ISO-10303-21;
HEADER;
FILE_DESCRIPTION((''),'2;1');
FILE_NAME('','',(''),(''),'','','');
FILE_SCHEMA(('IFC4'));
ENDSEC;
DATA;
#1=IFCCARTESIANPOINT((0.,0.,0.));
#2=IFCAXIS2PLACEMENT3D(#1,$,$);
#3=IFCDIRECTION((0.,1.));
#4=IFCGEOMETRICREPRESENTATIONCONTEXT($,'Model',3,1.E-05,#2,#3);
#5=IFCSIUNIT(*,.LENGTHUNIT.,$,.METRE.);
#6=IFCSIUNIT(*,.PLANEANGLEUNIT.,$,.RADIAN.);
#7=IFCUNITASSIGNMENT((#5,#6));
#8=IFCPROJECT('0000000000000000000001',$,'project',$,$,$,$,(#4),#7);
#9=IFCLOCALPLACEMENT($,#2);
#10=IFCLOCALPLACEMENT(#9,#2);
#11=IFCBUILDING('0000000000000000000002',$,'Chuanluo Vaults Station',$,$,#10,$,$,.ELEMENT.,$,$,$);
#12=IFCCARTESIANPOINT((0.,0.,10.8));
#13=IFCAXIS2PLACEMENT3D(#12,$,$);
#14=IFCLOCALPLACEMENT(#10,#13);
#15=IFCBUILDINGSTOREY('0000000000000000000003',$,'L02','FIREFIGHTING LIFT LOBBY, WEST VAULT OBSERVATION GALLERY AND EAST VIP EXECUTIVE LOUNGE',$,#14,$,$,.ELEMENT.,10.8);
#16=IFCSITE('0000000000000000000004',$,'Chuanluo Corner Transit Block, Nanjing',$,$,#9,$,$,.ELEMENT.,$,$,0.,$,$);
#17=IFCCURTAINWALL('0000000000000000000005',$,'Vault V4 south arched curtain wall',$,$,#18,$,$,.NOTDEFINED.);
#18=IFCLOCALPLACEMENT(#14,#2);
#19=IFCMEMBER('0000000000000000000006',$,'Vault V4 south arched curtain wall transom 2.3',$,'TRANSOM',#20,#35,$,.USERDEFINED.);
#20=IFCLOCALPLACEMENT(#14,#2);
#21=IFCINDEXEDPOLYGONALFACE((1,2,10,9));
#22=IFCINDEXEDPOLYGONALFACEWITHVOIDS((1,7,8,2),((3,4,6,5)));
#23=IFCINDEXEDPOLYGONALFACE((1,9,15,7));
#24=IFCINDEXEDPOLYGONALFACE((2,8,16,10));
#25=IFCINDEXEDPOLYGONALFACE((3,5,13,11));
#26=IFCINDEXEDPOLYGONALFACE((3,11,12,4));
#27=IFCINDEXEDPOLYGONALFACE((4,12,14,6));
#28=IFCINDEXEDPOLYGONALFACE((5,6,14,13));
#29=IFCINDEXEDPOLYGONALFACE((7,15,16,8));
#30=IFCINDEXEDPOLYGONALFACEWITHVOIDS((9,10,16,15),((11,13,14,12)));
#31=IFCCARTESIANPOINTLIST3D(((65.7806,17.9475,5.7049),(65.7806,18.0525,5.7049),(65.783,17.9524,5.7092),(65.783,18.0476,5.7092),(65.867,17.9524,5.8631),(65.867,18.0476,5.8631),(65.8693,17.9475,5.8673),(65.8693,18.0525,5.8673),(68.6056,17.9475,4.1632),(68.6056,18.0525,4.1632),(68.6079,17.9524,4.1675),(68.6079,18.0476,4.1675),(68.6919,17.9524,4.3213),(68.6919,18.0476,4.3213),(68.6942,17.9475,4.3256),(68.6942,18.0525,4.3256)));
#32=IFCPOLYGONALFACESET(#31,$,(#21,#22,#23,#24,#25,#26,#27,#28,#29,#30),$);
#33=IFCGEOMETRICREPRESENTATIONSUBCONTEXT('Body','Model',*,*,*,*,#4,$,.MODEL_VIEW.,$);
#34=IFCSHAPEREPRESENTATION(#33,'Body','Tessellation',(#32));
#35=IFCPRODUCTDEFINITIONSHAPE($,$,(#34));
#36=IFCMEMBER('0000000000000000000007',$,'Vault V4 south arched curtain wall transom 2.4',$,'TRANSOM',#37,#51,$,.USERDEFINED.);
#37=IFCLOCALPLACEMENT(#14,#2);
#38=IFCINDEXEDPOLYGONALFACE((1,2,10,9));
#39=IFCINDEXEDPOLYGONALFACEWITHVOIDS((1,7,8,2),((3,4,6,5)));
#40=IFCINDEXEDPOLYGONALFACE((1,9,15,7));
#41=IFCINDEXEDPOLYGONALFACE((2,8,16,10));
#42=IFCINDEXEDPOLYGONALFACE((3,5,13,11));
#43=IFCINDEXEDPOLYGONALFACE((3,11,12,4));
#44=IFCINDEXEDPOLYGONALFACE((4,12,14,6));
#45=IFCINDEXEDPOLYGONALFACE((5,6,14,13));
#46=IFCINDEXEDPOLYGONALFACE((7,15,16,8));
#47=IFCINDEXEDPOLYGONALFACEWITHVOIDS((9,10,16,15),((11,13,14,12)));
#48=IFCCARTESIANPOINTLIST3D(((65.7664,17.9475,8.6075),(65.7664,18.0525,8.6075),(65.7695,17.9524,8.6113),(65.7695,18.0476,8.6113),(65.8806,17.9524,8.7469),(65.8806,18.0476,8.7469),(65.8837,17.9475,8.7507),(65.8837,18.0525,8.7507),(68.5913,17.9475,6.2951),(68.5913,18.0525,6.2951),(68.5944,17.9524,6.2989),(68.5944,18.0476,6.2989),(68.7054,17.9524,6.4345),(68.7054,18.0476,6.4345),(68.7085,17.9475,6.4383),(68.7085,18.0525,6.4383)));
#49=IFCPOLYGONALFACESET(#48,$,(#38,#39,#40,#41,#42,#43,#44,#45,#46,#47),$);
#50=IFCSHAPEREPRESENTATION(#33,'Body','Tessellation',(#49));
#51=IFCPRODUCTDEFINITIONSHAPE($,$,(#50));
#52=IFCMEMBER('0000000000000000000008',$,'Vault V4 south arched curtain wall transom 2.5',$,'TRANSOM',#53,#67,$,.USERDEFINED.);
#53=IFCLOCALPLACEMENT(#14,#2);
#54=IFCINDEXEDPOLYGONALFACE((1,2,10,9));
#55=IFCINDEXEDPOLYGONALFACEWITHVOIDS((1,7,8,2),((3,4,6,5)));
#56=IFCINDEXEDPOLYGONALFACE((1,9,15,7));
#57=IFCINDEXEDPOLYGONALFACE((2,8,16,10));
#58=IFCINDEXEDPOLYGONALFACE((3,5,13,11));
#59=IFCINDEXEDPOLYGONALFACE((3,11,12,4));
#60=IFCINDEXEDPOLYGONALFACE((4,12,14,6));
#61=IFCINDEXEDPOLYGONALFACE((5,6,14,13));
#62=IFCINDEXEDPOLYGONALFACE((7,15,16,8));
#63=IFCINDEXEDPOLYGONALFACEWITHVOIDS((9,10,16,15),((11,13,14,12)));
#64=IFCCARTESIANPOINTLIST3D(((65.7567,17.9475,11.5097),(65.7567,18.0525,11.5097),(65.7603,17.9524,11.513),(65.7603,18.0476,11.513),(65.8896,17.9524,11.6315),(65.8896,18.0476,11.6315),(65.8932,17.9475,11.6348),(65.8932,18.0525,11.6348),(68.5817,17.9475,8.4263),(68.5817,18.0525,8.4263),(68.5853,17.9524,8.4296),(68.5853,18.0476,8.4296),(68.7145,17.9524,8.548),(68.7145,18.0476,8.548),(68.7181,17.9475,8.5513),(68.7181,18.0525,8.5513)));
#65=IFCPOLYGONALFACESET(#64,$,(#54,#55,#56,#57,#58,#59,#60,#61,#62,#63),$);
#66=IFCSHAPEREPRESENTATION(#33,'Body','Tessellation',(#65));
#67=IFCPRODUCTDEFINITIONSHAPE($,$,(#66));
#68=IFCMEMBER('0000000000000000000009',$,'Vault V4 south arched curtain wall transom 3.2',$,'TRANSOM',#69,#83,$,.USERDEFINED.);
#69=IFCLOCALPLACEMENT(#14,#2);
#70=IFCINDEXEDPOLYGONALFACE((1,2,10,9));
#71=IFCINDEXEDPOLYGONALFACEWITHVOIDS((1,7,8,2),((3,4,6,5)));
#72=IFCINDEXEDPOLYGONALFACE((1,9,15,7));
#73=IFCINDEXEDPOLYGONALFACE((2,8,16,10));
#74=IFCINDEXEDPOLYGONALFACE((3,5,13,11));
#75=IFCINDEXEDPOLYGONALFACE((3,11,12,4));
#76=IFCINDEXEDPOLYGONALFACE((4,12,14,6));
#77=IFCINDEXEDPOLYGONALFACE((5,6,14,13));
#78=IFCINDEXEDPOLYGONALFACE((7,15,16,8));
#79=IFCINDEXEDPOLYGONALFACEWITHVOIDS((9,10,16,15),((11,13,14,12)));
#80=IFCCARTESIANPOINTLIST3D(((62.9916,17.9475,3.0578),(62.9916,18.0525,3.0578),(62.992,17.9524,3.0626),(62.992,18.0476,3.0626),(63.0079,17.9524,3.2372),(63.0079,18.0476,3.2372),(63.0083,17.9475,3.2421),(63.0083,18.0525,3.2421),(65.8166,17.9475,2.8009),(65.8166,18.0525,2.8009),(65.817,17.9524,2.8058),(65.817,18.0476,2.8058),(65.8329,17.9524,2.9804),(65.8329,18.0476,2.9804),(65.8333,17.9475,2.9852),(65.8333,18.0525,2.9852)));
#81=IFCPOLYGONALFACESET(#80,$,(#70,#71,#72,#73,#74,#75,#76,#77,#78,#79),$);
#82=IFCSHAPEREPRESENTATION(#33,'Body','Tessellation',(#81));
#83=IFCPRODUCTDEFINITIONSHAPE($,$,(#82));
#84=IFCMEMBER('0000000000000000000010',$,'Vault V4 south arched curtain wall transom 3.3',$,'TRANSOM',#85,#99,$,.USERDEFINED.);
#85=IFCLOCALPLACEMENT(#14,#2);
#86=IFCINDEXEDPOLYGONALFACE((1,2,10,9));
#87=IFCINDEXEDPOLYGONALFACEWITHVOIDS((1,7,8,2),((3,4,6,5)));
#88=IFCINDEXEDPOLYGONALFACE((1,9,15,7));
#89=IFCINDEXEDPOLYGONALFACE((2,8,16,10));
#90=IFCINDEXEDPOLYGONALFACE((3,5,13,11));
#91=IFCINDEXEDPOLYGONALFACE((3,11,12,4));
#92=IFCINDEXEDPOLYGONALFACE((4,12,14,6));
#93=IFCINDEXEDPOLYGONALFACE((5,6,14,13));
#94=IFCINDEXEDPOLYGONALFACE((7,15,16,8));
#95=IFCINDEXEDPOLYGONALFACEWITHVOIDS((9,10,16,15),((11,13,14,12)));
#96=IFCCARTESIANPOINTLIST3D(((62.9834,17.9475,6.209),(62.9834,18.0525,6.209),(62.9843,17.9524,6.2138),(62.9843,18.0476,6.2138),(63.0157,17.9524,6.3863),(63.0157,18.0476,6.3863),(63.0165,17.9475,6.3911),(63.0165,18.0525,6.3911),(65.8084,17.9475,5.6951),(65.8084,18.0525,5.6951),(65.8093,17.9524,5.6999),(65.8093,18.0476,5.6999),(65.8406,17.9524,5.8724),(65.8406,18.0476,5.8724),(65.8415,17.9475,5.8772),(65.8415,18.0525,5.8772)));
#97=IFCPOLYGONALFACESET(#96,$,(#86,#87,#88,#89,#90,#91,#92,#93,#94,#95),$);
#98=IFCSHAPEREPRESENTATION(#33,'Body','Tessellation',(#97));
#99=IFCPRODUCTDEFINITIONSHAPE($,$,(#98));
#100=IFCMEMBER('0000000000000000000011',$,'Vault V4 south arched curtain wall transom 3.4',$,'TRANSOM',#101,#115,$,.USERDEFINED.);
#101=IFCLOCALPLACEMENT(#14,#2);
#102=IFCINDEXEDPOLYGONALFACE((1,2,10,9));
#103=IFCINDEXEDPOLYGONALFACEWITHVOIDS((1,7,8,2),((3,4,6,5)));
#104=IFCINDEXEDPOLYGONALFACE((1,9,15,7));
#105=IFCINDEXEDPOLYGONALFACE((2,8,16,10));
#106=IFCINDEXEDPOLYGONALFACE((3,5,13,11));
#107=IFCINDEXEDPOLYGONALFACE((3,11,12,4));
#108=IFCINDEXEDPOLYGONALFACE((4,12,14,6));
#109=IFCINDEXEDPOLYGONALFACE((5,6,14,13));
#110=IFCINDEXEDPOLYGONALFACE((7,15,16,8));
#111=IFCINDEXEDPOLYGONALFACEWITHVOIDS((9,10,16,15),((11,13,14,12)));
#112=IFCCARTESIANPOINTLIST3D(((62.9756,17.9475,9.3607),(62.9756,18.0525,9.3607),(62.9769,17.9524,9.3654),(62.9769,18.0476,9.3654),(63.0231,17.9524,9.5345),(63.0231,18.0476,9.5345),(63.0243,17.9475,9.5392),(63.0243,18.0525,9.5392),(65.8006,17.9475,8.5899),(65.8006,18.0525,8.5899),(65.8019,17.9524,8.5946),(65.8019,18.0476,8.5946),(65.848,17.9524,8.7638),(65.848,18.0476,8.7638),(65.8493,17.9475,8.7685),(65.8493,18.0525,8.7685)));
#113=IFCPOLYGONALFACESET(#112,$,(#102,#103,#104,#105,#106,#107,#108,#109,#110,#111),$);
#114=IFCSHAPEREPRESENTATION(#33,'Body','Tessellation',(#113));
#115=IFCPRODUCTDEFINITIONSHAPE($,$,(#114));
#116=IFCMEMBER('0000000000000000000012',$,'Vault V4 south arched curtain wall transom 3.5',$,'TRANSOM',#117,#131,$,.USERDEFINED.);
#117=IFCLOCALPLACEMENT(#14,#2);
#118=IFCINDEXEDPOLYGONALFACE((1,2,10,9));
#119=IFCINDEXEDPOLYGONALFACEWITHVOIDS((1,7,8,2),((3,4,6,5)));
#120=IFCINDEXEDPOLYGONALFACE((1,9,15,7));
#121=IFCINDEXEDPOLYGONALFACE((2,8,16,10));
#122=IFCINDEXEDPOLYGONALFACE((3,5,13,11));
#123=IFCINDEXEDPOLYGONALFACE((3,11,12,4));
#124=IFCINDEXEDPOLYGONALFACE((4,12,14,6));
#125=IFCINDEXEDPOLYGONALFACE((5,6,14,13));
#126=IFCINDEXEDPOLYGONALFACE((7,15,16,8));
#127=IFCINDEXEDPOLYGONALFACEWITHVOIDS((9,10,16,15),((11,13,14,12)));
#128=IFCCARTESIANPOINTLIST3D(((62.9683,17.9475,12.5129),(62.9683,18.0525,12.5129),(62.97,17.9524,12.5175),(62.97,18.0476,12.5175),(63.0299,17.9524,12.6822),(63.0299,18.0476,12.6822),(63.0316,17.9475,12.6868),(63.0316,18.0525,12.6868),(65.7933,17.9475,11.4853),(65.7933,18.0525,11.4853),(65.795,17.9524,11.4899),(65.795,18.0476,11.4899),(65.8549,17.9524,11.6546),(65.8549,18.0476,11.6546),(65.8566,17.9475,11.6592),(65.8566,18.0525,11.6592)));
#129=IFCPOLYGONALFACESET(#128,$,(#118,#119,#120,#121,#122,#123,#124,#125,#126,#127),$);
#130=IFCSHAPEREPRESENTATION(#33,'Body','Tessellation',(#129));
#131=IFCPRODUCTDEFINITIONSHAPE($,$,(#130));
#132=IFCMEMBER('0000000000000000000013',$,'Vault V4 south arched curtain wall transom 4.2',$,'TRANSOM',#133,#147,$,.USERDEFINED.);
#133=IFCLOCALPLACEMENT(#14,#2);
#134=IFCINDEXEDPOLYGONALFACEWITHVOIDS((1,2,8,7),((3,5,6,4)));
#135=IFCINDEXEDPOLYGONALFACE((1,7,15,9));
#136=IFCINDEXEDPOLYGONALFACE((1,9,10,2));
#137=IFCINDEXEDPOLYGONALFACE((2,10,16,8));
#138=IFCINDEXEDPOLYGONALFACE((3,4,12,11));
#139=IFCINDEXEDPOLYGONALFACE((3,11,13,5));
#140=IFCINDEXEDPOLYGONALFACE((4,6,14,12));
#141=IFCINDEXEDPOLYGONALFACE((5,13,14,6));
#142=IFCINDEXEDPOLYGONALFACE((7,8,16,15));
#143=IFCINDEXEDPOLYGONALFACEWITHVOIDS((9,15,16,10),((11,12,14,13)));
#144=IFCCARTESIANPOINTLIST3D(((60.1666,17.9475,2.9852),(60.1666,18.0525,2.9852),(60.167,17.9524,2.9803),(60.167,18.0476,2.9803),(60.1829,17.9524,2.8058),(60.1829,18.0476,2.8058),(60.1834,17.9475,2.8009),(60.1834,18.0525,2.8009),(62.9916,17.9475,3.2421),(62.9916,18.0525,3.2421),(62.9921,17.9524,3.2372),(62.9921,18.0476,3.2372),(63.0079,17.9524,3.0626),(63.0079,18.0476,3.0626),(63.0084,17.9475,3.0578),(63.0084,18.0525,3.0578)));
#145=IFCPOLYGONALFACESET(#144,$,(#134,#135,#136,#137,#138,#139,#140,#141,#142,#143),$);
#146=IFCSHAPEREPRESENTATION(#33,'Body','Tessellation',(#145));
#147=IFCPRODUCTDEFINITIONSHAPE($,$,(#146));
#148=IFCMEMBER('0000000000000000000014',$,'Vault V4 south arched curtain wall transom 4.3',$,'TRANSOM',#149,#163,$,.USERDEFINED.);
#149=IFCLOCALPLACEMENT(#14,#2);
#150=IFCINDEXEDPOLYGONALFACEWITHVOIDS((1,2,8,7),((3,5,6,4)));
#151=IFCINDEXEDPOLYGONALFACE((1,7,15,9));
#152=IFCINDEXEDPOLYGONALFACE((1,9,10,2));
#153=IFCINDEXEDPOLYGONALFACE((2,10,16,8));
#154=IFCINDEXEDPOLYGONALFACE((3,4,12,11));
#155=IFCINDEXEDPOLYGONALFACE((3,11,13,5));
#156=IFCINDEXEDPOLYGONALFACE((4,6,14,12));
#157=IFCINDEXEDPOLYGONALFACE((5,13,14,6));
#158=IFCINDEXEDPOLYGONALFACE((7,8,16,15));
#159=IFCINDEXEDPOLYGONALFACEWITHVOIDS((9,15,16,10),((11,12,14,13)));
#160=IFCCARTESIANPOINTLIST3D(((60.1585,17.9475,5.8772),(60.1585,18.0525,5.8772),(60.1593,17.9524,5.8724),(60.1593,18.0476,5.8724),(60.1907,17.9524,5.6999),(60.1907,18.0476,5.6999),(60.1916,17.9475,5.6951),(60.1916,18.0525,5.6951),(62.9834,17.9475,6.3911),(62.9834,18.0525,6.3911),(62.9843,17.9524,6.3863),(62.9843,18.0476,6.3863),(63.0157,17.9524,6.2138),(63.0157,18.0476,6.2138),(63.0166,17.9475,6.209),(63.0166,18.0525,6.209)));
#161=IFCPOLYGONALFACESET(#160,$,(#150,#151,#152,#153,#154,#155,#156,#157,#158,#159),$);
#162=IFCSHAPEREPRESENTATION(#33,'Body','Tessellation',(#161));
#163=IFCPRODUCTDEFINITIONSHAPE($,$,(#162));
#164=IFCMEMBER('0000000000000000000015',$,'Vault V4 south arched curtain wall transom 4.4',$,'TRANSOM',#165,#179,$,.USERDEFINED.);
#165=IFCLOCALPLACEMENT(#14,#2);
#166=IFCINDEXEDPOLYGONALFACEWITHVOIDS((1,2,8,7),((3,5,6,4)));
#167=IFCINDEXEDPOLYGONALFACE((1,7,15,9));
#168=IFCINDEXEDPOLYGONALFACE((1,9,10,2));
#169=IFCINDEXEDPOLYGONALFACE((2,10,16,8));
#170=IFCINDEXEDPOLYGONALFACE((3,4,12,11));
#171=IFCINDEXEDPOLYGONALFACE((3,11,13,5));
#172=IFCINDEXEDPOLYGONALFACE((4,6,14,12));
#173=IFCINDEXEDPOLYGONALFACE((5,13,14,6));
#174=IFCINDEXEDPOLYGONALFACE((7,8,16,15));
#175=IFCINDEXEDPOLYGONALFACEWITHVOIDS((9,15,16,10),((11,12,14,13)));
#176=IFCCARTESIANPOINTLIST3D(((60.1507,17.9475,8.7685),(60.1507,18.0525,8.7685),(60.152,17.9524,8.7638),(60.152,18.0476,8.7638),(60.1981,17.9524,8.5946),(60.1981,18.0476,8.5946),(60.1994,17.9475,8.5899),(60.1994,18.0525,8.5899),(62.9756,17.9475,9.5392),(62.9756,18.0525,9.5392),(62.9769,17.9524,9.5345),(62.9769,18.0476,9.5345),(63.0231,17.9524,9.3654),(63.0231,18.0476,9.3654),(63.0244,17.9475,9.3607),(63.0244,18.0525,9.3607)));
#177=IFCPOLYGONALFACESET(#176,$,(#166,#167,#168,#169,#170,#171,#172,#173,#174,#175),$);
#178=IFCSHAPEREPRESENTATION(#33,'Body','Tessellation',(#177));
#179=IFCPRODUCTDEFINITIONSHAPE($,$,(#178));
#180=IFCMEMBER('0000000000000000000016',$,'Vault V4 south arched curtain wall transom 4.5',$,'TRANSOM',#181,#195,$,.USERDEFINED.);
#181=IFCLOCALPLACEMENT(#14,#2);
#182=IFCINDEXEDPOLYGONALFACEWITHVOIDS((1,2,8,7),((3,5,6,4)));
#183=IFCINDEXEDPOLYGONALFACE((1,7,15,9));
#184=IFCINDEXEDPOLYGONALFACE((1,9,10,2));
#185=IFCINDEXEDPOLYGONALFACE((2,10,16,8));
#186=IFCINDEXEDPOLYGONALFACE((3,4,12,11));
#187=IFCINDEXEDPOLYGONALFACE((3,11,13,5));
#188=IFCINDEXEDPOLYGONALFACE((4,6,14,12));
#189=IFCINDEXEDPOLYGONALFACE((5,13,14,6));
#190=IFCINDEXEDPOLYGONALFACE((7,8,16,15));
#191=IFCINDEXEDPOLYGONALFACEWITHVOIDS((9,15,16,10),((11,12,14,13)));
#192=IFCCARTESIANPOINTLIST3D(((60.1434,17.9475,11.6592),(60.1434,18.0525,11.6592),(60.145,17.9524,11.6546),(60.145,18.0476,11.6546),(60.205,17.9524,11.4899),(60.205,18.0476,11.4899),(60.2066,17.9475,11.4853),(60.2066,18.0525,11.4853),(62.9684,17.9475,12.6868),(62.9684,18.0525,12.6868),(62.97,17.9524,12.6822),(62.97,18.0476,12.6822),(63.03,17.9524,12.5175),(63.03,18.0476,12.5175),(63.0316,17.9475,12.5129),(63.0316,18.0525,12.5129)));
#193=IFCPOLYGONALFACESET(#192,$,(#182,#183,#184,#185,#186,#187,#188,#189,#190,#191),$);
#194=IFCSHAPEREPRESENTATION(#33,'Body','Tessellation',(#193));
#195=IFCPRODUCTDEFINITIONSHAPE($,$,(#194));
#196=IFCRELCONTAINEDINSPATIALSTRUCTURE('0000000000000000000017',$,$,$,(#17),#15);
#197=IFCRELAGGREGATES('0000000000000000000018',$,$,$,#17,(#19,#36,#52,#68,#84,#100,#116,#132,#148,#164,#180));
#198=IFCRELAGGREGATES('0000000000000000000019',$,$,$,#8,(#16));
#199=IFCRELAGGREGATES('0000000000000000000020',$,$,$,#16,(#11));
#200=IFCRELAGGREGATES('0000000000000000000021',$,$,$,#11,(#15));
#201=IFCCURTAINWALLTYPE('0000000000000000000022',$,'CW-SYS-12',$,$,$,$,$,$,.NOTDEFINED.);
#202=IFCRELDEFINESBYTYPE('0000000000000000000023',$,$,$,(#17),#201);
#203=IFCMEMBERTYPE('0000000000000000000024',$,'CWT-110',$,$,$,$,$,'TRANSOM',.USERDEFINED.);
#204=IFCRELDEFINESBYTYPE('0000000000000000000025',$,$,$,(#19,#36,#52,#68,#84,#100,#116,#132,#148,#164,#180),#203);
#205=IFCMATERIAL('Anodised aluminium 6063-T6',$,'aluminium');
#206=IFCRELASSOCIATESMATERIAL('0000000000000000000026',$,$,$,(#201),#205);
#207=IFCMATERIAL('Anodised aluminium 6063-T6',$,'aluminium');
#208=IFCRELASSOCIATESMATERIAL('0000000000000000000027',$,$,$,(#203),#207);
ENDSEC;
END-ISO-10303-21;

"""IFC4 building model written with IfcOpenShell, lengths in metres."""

from ifc_helpers import new_model, si_unit, direction, frame, origin, origin_2d, place, context, subcontext, project, spatial, hollow_rectangle, extrude, material, material_profile, profile_set, type_object, element, aggregate, save


model = new_model("IFC4")

# Units and contexts
model_context = context("Model", 3, precision=1e-05, world=origin(), true_north=direction((0.0, 1.0)))
body_context = subcontext(model_context, "Body", "Model", "MODEL_VIEW")
ifc_project = project(units=[si_unit("LENGTHUNIT", "METRE"), si_unit("PLANEANGLEUNIT", "RADIAN")], contexts=[model_context])

# Site, building, storey
site_placement = place(None, origin())
site = spatial("IfcSite", under=ifc_project, at=site_placement, Name="Chuanluo Corner Transit Block, Nanjing", CompositionType="ELEMENT", RefElevation=0.0)
building_placement = place(site_placement, origin())
building = spatial("IfcBuilding", under=site, at=building_placement, Name="Chuanluo Vaults Station", CompositionType="ELEMENT")
storey_placement = place(building_placement, frame((0.0, 0.0, 10.8)))
storey = spatial("IfcBuildingStorey", under=building, at=storey_placement, Name="L02", Description="FIREFIGHTING LIFT LOBBY, WEST VAULT OBSERVATION GALLERY AND EAST VIP EXECUTIVE LOUNGE", CompositionType="ELEMENT", Elevation=10.8)

# Curtain wall, members
ifc_material_1 = material(Name="Anodised aluminium 6063-T6", Category="aluminium")
curtain_wall_type = type_object("IfcCurtainWallType", Name="CW-SYS-12", PredefinedType="NOTDEFINED", material=ifc_material_1)
curtain_wall_placement = place(storey_placement, origin())
curtain_wall = element("IfcCurtainWall", 1, at=curtain_wall_placement, inside=storey, type_object=curtain_wall_type, Name="Vault V4 south arched curtain wall", PredefinedType="NOTDEFINED")
ifc_material_2 = material(Name="Anodised aluminium 6063-T6", Category="aluminium")
ifc_material_profile = material_profile(ifc_material_2, hollow_rectangle(XDim=0.105, YDim=0.1851, WallThickness=0.0049, at=origin_2d()))
ifc_profile_set = profile_set([ifc_material_profile], Name="Anodised aluminium 6063-T6")
member_type = type_object("IfcMemberType", Name="CWT-110", ElementType="TRANSOM", PredefinedType="USERDEFINED", material=ifc_profile_set)
member_1_placement = place(storey_placement, frame((68.6499, 18.0, 4.2444), z_axis=(-0.877782, 0.0, 0.479059), x_axis=(0.0, -1.0, 0.0)))
member_1 = element("IfcMember", 2, at=member_1_placement, type_object=member_type, Name="Vault V4 south arched curtain wall transom 2.3", ObjectType="TRANSOM", PredefinedType="USERDEFINED", context=body_context, shape_type="SweptSolid", body=[
    extrude(hollow_rectangle(XDim=0.105, YDim=0.1851, WallThickness=0.0049, at=origin_2d()), origin(), (0.0, 0.0, 1.0), 3.2183),
])
member_2_placement = place(storey_placement, frame((68.6499, 18.0, 6.3667), z_axis=(-0.773799, 0.0, 0.633431), x_axis=(0.0, -1.0, 0.0)))
member_2 = element("IfcMember", 3, at=member_2_placement, type_object=member_type, Name="Vault V4 south arched curtain wall transom 2.4", ObjectType="TRANSOM", PredefinedType="USERDEFINED", context=body_context, shape_type="SweptSolid", body=[
    extrude(hollow_rectangle(XDim=0.105, YDim=0.1851, WallThickness=0.0049, at=origin_2d()), origin(), (0.0, 0.0, 1.0), 3.6506),
])
member_3_placement = place(storey_placement, frame((68.6499, 18.0, 8.4888), z_axis=(-0.675518, 0.0, 0.737343), x_axis=(0.0, -1.0, 0.0)))
member_3 = element("IfcMember", 4, at=member_3_placement, type_object=member_type, Name="Vault V4 south arched curtain wall transom 2.5", ObjectType="TRANSOM", PredefinedType="USERDEFINED", context=body_context, shape_type="SweptSolid", body=[
    extrude(hollow_rectangle(XDim=0.105, YDim=0.1851, WallThickness=0.0049, at=origin_2d()), origin(), (0.0, 0.0, 1.0), 4.1819),
])
member_4_placement = place(storey_placement, frame((65.825, 18.0, 2.8931), z_axis=(-0.995893, 0.0, 0.090544), x_axis=(0.0, -1.0, 0.0)))
member_4 = element("IfcMember", 5, at=member_4_placement, type_object=member_type, Name="Vault V4 south arched curtain wall transom 3.2", ObjectType="TRANSOM", PredefinedType="USERDEFINED", context=body_context, shape_type="SweptSolid", body=[
    extrude(hollow_rectangle(XDim=0.105, YDim=0.1851, WallThickness=0.0049, at=origin_2d()), origin(), (0.0, 0.0, 1.0), 2.8367),
])
member_5_placement = place(storey_placement, frame((65.825, 18.0, 5.7861), z_axis=(-0.983852, 0.0, 0.178983), x_axis=(0.0, -1.0, 0.0)))
member_5 = element("IfcMember", 6, at=member_5_placement, type_object=member_type, Name="Vault V4 south arched curtain wall transom 3.3", ObjectType="TRANSOM", PredefinedType="USERDEFINED", context=body_context, shape_type="SweptSolid", body=[
    extrude(hollow_rectangle(XDim=0.105, YDim=0.1851, WallThickness=0.0049, at=origin_2d()), origin(), (0.0, 0.0, 1.0), 2.8713),
])
member_6_placement = place(storey_placement, frame((65.825, 18.0, 8.6792), z_axis=(-0.964737, 0.0, 0.263216), x_axis=(0.0, -1.0, 0.0)))
member_6 = element("IfcMember", 7, at=member_6_placement, type_object=member_type, Name="Vault V4 south arched curtain wall transom 3.4", ObjectType="TRANSOM", PredefinedType="USERDEFINED", context=body_context, shape_type="SweptSolid", body=[
    extrude(hollow_rectangle(XDim=0.105, YDim=0.1851, WallThickness=0.0049, at=origin_2d()), origin(), (0.0, 0.0, 1.0), 2.9282),
])
member_7_placement = place(storey_placement, frame((65.825, 18.0, 11.5723), z_axis=(-0.939758, 0.0, 0.341841), x_axis=(0.0, -1.0, 0.0)))
member_7 = element("IfcMember", 8, at=member_7_placement, type_object=member_type, Name="Vault V4 south arched curtain wall transom 3.5", ObjectType="TRANSOM", PredefinedType="USERDEFINED", context=body_context, shape_type="SweptSolid", body=[
    extrude(hollow_rectangle(XDim=0.105, YDim=0.1851, WallThickness=0.0049, at=origin_2d()), origin(), (0.0, 0.0, 1.0), 3.0061),
])
member_8_placement = place(storey_placement, frame((63.0, 18.0, 3.1499), z_axis=(-0.995893, 0.0, -0.090544), x_axis=(0.0, -1.0, 0.0)))
member_8 = element("IfcMember", 9, at=member_8_placement, type_object=member_type, Name="Vault V4 south arched curtain wall transom 4.2", ObjectType="TRANSOM", PredefinedType="USERDEFINED", context=body_context, shape_type="SweptSolid", body=[
    extrude(hollow_rectangle(XDim=0.105, YDim=0.1851, WallThickness=0.0049, at=origin_2d()), origin(), (0.0, 0.0, 1.0), 2.8367),
])
member_9_placement = place(storey_placement, frame((63.0, 18.0, 6.3), z_axis=(-0.983852, 0.0, -0.178983), x_axis=(0.0, -1.0, 0.0)))
member_9 = element("IfcMember", 10, at=member_9_placement, type_object=member_type, Name="Vault V4 south arched curtain wall transom 4.3", ObjectType="TRANSOM", PredefinedType="USERDEFINED", context=body_context, shape_type="SweptSolid", body=[
    extrude(hollow_rectangle(XDim=0.105, YDim=0.1851, WallThickness=0.0049, at=origin_2d()), origin(), (0.0, 0.0, 1.0), 2.8713),
])
member_10_placement = place(storey_placement, frame((63.0, 18.0, 9.45), z_axis=(-0.964737, 0.0, -0.263216), x_axis=(0.0, -1.0, 0.0)))
member_10 = element("IfcMember", 11, at=member_10_placement, type_object=member_type, Name="Vault V4 south arched curtain wall transom 4.4", ObjectType="TRANSOM", PredefinedType="USERDEFINED", context=body_context, shape_type="SweptSolid", body=[
    extrude(hollow_rectangle(XDim=0.105, YDim=0.1851, WallThickness=0.0049, at=origin_2d()), origin(), (0.0, 0.0, 1.0), 2.9282),
])
member_11_placement = place(storey_placement, frame((63.0, 18.0, 12.5999), z_axis=(-0.939758, 0.0, -0.341841), x_axis=(0.0, -1.0, 0.0)))
member_11 = element("IfcMember", 12, at=member_11_placement, type_object=member_type, Name="Vault V4 south arched curtain wall transom 4.5", ObjectType="TRANSOM", PredefinedType="USERDEFINED", context=body_context, shape_type="SweptSolid", body=[
    extrude(hollow_rectangle(XDim=0.105, YDim=0.1851, WallThickness=0.0049, at=origin_2d()), origin(), (0.0, 0.0, 1.0), 3.0061),
])
aggregate(curtain_wall, [member_1, member_2, member_3, member_4, member_5, member_6, member_7, member_8, member_9, member_10, member_11])

save(model, "model.ifc")
